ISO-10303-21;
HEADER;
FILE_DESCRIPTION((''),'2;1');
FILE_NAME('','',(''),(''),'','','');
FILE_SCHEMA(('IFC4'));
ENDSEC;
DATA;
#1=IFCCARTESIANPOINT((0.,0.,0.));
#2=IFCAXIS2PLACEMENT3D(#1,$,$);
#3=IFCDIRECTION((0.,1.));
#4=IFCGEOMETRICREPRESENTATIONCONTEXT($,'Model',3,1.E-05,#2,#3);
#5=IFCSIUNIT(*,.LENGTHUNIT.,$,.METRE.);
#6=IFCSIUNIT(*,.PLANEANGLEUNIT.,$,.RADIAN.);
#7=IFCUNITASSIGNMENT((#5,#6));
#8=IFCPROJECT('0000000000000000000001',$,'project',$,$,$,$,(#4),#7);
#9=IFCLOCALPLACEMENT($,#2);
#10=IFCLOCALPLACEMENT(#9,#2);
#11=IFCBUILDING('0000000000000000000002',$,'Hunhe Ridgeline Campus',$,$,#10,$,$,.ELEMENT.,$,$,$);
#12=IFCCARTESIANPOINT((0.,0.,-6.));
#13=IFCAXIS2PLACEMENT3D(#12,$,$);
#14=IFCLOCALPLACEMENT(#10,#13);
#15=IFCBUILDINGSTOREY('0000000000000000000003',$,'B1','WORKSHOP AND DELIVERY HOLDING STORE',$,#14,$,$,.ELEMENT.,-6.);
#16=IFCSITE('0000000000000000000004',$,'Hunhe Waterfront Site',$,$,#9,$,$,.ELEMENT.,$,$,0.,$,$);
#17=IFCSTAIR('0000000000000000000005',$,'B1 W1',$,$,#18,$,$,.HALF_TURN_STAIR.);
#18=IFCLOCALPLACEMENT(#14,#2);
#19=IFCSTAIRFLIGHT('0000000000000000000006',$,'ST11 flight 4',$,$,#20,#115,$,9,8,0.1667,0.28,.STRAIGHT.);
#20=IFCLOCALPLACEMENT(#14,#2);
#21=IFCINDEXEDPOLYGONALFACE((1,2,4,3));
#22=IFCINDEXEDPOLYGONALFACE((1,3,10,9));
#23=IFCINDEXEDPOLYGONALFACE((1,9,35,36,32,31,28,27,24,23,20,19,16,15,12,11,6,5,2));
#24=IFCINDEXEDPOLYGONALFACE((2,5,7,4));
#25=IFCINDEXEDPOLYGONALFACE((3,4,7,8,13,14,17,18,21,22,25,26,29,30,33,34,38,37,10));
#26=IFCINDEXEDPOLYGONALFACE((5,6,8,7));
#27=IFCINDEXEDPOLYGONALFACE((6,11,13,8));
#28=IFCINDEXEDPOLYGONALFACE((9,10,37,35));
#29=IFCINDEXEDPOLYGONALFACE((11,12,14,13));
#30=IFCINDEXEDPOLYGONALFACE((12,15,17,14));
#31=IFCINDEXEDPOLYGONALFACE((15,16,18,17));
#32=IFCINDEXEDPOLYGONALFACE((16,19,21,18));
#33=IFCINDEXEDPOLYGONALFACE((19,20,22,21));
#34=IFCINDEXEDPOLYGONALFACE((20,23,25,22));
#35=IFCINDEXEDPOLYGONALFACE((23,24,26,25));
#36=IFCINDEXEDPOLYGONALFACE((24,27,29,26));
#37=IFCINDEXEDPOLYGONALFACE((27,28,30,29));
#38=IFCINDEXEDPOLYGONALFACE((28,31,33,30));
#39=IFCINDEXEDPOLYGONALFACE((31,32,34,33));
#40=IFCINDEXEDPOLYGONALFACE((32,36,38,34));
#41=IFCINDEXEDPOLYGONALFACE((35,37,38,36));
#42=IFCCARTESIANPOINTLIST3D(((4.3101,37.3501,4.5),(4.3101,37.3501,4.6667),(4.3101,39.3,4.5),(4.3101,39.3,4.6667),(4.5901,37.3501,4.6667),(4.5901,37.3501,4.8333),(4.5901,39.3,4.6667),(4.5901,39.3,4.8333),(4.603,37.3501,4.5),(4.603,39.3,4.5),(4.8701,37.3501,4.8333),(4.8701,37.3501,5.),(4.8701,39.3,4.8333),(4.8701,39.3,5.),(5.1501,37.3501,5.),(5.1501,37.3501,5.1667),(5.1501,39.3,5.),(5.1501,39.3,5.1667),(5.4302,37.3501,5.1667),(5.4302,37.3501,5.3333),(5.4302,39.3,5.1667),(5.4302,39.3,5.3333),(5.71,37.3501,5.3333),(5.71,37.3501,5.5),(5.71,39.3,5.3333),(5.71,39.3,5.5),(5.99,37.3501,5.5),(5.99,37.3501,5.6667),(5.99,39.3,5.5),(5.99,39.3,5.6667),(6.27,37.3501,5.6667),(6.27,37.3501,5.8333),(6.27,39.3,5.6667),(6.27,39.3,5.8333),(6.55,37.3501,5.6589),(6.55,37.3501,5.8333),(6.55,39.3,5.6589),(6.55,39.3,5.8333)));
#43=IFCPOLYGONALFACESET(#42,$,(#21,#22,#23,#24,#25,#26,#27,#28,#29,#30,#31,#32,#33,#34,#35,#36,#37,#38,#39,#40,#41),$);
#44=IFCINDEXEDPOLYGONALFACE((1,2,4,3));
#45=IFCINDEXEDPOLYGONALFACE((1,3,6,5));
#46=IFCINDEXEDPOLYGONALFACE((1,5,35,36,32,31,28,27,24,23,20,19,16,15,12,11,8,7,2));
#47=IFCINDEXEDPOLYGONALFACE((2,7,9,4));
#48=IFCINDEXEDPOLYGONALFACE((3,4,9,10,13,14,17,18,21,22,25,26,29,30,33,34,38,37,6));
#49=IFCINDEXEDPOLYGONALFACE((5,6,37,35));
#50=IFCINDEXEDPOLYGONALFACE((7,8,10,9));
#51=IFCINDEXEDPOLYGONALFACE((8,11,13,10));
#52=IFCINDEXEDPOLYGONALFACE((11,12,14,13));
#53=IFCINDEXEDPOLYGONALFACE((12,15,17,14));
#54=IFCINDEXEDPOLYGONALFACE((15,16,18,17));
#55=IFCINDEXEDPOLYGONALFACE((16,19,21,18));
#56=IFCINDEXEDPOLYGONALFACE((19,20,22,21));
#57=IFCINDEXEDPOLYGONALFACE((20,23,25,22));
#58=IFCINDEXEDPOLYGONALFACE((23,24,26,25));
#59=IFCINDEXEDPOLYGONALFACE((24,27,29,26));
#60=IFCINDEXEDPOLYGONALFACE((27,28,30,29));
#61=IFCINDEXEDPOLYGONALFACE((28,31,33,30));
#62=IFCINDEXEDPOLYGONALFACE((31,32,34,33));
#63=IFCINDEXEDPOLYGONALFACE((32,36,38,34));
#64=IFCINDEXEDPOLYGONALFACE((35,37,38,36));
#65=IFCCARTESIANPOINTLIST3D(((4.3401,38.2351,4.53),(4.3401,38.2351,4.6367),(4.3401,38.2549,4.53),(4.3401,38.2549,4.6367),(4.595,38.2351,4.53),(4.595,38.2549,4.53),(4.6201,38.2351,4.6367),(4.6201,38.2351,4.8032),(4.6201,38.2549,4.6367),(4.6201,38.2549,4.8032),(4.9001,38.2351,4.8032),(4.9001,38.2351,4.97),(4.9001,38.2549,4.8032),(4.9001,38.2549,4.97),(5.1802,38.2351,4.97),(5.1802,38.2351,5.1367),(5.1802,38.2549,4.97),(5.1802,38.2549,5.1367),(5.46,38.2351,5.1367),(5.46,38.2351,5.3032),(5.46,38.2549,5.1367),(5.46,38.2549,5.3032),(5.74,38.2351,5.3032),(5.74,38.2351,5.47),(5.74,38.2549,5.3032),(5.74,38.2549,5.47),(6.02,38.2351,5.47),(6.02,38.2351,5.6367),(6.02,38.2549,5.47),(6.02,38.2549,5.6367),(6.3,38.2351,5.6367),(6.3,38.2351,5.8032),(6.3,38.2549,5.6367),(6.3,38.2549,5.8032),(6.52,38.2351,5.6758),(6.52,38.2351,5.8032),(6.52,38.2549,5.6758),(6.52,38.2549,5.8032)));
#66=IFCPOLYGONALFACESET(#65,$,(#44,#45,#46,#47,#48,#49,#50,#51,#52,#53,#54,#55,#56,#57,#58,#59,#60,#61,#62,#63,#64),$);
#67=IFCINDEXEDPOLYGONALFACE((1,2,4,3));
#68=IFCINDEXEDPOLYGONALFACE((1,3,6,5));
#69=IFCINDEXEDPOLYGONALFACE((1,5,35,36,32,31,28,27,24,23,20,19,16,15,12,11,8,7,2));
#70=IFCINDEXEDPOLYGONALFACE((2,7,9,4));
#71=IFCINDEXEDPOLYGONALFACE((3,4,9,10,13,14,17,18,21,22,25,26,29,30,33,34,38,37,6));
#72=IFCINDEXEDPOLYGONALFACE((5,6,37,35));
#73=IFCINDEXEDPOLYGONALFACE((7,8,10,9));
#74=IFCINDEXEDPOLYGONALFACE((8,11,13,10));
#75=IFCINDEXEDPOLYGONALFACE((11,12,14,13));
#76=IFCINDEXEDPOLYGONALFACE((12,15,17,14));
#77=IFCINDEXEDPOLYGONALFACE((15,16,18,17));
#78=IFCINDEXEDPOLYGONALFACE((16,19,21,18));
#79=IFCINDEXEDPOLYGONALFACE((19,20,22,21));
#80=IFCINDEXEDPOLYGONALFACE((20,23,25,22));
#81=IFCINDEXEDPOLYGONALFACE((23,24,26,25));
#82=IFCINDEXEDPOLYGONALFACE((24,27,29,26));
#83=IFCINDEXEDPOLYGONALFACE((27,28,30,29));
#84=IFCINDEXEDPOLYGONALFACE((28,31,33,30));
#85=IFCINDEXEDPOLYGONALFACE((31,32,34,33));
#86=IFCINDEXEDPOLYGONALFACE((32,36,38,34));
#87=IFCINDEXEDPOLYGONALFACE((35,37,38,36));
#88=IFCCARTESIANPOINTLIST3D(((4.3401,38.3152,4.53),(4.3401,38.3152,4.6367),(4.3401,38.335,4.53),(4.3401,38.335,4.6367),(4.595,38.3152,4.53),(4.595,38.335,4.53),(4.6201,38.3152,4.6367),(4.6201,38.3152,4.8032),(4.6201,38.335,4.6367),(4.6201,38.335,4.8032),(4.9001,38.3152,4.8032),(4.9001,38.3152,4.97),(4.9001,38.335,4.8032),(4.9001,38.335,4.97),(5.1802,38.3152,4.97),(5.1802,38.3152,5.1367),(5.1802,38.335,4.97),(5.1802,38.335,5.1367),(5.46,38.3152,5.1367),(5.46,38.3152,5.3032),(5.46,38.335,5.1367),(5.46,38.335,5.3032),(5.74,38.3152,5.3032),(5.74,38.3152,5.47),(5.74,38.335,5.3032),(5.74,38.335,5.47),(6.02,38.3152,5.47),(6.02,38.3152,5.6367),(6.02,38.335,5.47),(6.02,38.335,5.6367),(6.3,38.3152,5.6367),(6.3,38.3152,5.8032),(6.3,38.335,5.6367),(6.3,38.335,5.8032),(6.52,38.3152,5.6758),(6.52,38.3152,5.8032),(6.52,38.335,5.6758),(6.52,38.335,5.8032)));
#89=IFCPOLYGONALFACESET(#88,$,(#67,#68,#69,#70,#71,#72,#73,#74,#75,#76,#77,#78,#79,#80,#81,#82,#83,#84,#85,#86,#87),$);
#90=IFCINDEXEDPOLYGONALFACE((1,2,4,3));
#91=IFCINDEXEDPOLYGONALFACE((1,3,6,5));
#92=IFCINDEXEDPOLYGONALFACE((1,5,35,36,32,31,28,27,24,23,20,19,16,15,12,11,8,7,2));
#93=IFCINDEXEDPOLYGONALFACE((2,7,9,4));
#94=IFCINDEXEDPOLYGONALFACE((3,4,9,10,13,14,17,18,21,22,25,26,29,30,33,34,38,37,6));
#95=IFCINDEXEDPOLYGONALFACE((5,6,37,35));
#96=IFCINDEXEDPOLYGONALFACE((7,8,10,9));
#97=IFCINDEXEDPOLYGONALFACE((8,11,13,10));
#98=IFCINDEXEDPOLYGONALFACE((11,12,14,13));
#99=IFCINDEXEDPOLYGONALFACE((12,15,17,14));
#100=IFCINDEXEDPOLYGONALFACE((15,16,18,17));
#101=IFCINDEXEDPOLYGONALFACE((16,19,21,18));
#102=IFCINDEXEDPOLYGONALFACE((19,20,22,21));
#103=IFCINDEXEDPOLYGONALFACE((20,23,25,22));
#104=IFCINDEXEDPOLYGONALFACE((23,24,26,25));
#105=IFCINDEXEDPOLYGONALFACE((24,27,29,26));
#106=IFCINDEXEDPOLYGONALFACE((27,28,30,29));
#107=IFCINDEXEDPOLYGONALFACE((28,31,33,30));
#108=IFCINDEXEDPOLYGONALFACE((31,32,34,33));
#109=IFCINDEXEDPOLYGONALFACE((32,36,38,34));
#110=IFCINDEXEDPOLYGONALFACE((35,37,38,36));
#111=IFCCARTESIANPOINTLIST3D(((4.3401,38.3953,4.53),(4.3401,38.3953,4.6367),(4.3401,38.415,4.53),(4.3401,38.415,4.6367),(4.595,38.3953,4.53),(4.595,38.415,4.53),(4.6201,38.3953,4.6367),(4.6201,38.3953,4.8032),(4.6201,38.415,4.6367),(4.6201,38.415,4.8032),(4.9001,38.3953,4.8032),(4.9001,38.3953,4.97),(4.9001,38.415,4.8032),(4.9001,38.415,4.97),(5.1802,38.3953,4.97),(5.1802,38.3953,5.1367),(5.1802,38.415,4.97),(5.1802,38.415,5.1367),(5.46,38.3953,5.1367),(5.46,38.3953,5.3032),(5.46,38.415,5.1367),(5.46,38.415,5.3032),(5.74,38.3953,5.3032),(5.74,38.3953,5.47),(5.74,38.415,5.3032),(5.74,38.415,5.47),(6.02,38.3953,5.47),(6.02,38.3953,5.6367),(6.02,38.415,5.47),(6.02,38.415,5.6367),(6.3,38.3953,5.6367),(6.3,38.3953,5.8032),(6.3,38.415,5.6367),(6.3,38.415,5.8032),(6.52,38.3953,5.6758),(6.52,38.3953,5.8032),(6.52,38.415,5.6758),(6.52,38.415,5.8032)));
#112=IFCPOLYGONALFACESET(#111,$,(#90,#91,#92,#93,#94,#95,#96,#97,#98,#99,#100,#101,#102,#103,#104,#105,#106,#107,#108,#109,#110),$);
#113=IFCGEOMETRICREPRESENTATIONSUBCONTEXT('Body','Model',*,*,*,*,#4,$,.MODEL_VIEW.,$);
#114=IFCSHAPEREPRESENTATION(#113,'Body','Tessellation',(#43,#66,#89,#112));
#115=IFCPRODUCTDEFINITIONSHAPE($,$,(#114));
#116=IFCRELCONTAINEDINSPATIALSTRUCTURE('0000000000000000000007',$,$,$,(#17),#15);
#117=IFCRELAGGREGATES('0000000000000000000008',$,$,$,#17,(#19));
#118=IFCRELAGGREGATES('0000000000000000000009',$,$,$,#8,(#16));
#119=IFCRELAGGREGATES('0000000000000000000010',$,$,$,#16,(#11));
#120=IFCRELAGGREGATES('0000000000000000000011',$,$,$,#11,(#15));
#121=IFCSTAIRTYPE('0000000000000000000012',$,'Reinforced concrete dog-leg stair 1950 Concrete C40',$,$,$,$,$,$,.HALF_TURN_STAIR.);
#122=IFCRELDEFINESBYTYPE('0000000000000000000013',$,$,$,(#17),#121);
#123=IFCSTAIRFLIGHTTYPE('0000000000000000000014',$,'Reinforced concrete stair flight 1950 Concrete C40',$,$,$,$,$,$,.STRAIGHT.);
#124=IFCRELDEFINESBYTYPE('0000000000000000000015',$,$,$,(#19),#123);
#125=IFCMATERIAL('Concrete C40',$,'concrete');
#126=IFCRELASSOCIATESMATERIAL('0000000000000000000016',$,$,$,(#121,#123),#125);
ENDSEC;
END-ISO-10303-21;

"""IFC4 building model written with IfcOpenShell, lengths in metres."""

from ifc_helpers import new_model, si_unit, direction, frame, origin, place, context, subcontext, project, spatial, polyline, outline, extrude, material, type_object, element, aggregate, save


model = new_model("IFC4")

# Units and contexts
model_context = context("Model", 3, precision=1e-05, world=origin(), true_north=direction((0.0, 1.0)))
body_context = subcontext(model_context, "Body", "Model", "MODEL_VIEW")
ifc_project = project(units=[si_unit("LENGTHUNIT", "METRE"), si_unit("PLANEANGLEUNIT", "RADIAN")], contexts=[model_context])

# Site, building, storey
site_placement = place(None, origin())
site = spatial("IfcSite", under=ifc_project, at=site_placement, Name="Hunhe Waterfront Site", CompositionType="ELEMENT", RefElevation=0.0)
building_placement = place(site_placement, origin())
building = spatial("IfcBuilding", under=site, at=building_placement, Name="Hunhe Ridgeline Campus", CompositionType="ELEMENT")
storey_placement = place(building_placement, frame((0.0, 0.0, -6.0)))
storey = spatial("IfcBuildingStorey", under=building, at=storey_placement, Name="B1", Description="WORKSHOP AND DELIVERY HOLDING STORE", CompositionType="ELEMENT", Elevation=-6.0)

# Stair, stair flight
ifc_material_1 = material(Name="Concrete C40", Category="concrete")
stair_type = type_object("IfcStairType", Name="Reinforced concrete dog-leg stair 1950 Concrete C40", PredefinedType="HALF_TURN_STAIR", material=ifc_material_1)
stair_placement = place(storey_placement, origin())
stair = element("IfcStair", 1, at=stair_placement, inside=storey, type_object=stair_type, Name="B1 W1", PredefinedType="HALF_TURN_STAIR")
stair_flight_type = type_object("IfcStairFlightType", Name="Reinforced concrete stair flight 1950 Concrete C40", PredefinedType="STRAIGHT", material=ifc_material_1)
stair_flight_1_placement = place(storey_placement, frame((4.3101, 38.325, 4.5), z_axis=(0.0, 0.0, 1.0), x_axis=(1.0, 0.0, 0.0)))
stair_flight_1 = element("IfcStairFlight", 2, at=stair_flight_1_placement, type_object=stair_flight_type, Name="ST11 flight 4", NumberOfRisers=9, NumberOfTreads=8, PredefinedType="STRAIGHT", RiserHeight=0.1667, TreadLength=0.28, context=body_context, shape_type="SweptSolid", body=[
    extrude(outline(polyline([(0.0, 0.0), (0.0, 0.1667), (0.28, 0.1667), (0.28, 0.3333), (0.5601, 0.3333), (0.5601, 0.5), (0.8401, 0.5), (0.8401, 0.6667), (1.1201, 0.6667), (1.1201, 0.8333), (1.3999, 0.8333), (1.3999, 1.0), (1.6799, 1.0), (1.6799, 1.1667), (1.96, 1.1667), (1.96, 1.3333), (2.24, 1.3333), (2.24, 1.5), (2.24, 1.1589), (0.293, 0.0), (0.0, 0.0)])), frame((0.0, 0.9751, 0.0), z_axis=(0.0, -1.0, 0.0), x_axis=(1.0, 0.0, 0.0)), (0.0, 0.0, 1.0), 1.95),
    extrude(outline(polyline([(0.03, 0.03), (0.03, 0.1367), (0.3101, 0.1367), (0.3101, 0.3032), (0.5901, 0.3032), (0.5901, 0.47), (0.8701, 0.47), (0.8701, 0.6367), (1.1499, 0.6367), (1.1499, 0.8032), (1.4299, 0.8032), (1.4299, 0.97), (1.71, 0.97), (1.71, 1.1367), (1.99, 1.1367), (1.99, 1.3032), (2.21, 1.3032), (2.21, 1.1758), (0.2849, 0.03), (0.03, 0.03)])), frame((0.0, -0.0701, 0.0), z_axis=(0.0, -1.0, 0.0), x_axis=(1.0, 0.0, 0.0)), (0.0, 0.0, 1.0), 0.0198),
    extrude(outline(polyline([(0.03, 0.03), (0.03, 0.1367), (0.3101, 0.1367), (0.3101, 0.3032), (0.5901, 0.3032), (0.5901, 0.47), (0.8701, 0.47), (0.8701, 0.6367), (1.1499, 0.6367), (1.1499, 0.8032), (1.4299, 0.8032), (1.4299, 0.97), (1.71, 0.97), (1.71, 1.1367), (1.99, 1.1367), (1.99, 1.3032), (2.21, 1.3032), (2.21, 1.1758), (0.2849, 0.03), (0.03, 0.03)])), frame((0.0, 0.01, 0.0), z_axis=(0.0, -1.0, 0.0), x_axis=(1.0, 0.0, 0.0)), (0.0, 0.0, 1.0), 0.0198),
    extrude(outline(polyline([(0.03, 0.03), (0.03, 0.1367), (0.3101, 0.1367), (0.3101, 0.3032), (0.5901, 0.3032), (0.5901, 0.47), (0.8701, 0.47), (0.8701, 0.6367), (1.1499, 0.6367), (1.1499, 0.8032), (1.4299, 0.8032), (1.4299, 0.97), (1.71, 0.97), (1.71, 1.1367), (1.99, 1.1367), (1.99, 1.3032), (2.21, 1.3032), (2.21, 1.1758), (0.2849, 0.03), (0.03, 0.03)])), frame((0.0, 0.0901, 0.0), z_axis=(0.0, -1.0, 0.0), x_axis=(1.0, 0.0, 0.0)), (0.0, 0.0, 1.0), 0.0198),
])
aggregate(stair, [stair_flight_1])

save(model, "model.ifc")
